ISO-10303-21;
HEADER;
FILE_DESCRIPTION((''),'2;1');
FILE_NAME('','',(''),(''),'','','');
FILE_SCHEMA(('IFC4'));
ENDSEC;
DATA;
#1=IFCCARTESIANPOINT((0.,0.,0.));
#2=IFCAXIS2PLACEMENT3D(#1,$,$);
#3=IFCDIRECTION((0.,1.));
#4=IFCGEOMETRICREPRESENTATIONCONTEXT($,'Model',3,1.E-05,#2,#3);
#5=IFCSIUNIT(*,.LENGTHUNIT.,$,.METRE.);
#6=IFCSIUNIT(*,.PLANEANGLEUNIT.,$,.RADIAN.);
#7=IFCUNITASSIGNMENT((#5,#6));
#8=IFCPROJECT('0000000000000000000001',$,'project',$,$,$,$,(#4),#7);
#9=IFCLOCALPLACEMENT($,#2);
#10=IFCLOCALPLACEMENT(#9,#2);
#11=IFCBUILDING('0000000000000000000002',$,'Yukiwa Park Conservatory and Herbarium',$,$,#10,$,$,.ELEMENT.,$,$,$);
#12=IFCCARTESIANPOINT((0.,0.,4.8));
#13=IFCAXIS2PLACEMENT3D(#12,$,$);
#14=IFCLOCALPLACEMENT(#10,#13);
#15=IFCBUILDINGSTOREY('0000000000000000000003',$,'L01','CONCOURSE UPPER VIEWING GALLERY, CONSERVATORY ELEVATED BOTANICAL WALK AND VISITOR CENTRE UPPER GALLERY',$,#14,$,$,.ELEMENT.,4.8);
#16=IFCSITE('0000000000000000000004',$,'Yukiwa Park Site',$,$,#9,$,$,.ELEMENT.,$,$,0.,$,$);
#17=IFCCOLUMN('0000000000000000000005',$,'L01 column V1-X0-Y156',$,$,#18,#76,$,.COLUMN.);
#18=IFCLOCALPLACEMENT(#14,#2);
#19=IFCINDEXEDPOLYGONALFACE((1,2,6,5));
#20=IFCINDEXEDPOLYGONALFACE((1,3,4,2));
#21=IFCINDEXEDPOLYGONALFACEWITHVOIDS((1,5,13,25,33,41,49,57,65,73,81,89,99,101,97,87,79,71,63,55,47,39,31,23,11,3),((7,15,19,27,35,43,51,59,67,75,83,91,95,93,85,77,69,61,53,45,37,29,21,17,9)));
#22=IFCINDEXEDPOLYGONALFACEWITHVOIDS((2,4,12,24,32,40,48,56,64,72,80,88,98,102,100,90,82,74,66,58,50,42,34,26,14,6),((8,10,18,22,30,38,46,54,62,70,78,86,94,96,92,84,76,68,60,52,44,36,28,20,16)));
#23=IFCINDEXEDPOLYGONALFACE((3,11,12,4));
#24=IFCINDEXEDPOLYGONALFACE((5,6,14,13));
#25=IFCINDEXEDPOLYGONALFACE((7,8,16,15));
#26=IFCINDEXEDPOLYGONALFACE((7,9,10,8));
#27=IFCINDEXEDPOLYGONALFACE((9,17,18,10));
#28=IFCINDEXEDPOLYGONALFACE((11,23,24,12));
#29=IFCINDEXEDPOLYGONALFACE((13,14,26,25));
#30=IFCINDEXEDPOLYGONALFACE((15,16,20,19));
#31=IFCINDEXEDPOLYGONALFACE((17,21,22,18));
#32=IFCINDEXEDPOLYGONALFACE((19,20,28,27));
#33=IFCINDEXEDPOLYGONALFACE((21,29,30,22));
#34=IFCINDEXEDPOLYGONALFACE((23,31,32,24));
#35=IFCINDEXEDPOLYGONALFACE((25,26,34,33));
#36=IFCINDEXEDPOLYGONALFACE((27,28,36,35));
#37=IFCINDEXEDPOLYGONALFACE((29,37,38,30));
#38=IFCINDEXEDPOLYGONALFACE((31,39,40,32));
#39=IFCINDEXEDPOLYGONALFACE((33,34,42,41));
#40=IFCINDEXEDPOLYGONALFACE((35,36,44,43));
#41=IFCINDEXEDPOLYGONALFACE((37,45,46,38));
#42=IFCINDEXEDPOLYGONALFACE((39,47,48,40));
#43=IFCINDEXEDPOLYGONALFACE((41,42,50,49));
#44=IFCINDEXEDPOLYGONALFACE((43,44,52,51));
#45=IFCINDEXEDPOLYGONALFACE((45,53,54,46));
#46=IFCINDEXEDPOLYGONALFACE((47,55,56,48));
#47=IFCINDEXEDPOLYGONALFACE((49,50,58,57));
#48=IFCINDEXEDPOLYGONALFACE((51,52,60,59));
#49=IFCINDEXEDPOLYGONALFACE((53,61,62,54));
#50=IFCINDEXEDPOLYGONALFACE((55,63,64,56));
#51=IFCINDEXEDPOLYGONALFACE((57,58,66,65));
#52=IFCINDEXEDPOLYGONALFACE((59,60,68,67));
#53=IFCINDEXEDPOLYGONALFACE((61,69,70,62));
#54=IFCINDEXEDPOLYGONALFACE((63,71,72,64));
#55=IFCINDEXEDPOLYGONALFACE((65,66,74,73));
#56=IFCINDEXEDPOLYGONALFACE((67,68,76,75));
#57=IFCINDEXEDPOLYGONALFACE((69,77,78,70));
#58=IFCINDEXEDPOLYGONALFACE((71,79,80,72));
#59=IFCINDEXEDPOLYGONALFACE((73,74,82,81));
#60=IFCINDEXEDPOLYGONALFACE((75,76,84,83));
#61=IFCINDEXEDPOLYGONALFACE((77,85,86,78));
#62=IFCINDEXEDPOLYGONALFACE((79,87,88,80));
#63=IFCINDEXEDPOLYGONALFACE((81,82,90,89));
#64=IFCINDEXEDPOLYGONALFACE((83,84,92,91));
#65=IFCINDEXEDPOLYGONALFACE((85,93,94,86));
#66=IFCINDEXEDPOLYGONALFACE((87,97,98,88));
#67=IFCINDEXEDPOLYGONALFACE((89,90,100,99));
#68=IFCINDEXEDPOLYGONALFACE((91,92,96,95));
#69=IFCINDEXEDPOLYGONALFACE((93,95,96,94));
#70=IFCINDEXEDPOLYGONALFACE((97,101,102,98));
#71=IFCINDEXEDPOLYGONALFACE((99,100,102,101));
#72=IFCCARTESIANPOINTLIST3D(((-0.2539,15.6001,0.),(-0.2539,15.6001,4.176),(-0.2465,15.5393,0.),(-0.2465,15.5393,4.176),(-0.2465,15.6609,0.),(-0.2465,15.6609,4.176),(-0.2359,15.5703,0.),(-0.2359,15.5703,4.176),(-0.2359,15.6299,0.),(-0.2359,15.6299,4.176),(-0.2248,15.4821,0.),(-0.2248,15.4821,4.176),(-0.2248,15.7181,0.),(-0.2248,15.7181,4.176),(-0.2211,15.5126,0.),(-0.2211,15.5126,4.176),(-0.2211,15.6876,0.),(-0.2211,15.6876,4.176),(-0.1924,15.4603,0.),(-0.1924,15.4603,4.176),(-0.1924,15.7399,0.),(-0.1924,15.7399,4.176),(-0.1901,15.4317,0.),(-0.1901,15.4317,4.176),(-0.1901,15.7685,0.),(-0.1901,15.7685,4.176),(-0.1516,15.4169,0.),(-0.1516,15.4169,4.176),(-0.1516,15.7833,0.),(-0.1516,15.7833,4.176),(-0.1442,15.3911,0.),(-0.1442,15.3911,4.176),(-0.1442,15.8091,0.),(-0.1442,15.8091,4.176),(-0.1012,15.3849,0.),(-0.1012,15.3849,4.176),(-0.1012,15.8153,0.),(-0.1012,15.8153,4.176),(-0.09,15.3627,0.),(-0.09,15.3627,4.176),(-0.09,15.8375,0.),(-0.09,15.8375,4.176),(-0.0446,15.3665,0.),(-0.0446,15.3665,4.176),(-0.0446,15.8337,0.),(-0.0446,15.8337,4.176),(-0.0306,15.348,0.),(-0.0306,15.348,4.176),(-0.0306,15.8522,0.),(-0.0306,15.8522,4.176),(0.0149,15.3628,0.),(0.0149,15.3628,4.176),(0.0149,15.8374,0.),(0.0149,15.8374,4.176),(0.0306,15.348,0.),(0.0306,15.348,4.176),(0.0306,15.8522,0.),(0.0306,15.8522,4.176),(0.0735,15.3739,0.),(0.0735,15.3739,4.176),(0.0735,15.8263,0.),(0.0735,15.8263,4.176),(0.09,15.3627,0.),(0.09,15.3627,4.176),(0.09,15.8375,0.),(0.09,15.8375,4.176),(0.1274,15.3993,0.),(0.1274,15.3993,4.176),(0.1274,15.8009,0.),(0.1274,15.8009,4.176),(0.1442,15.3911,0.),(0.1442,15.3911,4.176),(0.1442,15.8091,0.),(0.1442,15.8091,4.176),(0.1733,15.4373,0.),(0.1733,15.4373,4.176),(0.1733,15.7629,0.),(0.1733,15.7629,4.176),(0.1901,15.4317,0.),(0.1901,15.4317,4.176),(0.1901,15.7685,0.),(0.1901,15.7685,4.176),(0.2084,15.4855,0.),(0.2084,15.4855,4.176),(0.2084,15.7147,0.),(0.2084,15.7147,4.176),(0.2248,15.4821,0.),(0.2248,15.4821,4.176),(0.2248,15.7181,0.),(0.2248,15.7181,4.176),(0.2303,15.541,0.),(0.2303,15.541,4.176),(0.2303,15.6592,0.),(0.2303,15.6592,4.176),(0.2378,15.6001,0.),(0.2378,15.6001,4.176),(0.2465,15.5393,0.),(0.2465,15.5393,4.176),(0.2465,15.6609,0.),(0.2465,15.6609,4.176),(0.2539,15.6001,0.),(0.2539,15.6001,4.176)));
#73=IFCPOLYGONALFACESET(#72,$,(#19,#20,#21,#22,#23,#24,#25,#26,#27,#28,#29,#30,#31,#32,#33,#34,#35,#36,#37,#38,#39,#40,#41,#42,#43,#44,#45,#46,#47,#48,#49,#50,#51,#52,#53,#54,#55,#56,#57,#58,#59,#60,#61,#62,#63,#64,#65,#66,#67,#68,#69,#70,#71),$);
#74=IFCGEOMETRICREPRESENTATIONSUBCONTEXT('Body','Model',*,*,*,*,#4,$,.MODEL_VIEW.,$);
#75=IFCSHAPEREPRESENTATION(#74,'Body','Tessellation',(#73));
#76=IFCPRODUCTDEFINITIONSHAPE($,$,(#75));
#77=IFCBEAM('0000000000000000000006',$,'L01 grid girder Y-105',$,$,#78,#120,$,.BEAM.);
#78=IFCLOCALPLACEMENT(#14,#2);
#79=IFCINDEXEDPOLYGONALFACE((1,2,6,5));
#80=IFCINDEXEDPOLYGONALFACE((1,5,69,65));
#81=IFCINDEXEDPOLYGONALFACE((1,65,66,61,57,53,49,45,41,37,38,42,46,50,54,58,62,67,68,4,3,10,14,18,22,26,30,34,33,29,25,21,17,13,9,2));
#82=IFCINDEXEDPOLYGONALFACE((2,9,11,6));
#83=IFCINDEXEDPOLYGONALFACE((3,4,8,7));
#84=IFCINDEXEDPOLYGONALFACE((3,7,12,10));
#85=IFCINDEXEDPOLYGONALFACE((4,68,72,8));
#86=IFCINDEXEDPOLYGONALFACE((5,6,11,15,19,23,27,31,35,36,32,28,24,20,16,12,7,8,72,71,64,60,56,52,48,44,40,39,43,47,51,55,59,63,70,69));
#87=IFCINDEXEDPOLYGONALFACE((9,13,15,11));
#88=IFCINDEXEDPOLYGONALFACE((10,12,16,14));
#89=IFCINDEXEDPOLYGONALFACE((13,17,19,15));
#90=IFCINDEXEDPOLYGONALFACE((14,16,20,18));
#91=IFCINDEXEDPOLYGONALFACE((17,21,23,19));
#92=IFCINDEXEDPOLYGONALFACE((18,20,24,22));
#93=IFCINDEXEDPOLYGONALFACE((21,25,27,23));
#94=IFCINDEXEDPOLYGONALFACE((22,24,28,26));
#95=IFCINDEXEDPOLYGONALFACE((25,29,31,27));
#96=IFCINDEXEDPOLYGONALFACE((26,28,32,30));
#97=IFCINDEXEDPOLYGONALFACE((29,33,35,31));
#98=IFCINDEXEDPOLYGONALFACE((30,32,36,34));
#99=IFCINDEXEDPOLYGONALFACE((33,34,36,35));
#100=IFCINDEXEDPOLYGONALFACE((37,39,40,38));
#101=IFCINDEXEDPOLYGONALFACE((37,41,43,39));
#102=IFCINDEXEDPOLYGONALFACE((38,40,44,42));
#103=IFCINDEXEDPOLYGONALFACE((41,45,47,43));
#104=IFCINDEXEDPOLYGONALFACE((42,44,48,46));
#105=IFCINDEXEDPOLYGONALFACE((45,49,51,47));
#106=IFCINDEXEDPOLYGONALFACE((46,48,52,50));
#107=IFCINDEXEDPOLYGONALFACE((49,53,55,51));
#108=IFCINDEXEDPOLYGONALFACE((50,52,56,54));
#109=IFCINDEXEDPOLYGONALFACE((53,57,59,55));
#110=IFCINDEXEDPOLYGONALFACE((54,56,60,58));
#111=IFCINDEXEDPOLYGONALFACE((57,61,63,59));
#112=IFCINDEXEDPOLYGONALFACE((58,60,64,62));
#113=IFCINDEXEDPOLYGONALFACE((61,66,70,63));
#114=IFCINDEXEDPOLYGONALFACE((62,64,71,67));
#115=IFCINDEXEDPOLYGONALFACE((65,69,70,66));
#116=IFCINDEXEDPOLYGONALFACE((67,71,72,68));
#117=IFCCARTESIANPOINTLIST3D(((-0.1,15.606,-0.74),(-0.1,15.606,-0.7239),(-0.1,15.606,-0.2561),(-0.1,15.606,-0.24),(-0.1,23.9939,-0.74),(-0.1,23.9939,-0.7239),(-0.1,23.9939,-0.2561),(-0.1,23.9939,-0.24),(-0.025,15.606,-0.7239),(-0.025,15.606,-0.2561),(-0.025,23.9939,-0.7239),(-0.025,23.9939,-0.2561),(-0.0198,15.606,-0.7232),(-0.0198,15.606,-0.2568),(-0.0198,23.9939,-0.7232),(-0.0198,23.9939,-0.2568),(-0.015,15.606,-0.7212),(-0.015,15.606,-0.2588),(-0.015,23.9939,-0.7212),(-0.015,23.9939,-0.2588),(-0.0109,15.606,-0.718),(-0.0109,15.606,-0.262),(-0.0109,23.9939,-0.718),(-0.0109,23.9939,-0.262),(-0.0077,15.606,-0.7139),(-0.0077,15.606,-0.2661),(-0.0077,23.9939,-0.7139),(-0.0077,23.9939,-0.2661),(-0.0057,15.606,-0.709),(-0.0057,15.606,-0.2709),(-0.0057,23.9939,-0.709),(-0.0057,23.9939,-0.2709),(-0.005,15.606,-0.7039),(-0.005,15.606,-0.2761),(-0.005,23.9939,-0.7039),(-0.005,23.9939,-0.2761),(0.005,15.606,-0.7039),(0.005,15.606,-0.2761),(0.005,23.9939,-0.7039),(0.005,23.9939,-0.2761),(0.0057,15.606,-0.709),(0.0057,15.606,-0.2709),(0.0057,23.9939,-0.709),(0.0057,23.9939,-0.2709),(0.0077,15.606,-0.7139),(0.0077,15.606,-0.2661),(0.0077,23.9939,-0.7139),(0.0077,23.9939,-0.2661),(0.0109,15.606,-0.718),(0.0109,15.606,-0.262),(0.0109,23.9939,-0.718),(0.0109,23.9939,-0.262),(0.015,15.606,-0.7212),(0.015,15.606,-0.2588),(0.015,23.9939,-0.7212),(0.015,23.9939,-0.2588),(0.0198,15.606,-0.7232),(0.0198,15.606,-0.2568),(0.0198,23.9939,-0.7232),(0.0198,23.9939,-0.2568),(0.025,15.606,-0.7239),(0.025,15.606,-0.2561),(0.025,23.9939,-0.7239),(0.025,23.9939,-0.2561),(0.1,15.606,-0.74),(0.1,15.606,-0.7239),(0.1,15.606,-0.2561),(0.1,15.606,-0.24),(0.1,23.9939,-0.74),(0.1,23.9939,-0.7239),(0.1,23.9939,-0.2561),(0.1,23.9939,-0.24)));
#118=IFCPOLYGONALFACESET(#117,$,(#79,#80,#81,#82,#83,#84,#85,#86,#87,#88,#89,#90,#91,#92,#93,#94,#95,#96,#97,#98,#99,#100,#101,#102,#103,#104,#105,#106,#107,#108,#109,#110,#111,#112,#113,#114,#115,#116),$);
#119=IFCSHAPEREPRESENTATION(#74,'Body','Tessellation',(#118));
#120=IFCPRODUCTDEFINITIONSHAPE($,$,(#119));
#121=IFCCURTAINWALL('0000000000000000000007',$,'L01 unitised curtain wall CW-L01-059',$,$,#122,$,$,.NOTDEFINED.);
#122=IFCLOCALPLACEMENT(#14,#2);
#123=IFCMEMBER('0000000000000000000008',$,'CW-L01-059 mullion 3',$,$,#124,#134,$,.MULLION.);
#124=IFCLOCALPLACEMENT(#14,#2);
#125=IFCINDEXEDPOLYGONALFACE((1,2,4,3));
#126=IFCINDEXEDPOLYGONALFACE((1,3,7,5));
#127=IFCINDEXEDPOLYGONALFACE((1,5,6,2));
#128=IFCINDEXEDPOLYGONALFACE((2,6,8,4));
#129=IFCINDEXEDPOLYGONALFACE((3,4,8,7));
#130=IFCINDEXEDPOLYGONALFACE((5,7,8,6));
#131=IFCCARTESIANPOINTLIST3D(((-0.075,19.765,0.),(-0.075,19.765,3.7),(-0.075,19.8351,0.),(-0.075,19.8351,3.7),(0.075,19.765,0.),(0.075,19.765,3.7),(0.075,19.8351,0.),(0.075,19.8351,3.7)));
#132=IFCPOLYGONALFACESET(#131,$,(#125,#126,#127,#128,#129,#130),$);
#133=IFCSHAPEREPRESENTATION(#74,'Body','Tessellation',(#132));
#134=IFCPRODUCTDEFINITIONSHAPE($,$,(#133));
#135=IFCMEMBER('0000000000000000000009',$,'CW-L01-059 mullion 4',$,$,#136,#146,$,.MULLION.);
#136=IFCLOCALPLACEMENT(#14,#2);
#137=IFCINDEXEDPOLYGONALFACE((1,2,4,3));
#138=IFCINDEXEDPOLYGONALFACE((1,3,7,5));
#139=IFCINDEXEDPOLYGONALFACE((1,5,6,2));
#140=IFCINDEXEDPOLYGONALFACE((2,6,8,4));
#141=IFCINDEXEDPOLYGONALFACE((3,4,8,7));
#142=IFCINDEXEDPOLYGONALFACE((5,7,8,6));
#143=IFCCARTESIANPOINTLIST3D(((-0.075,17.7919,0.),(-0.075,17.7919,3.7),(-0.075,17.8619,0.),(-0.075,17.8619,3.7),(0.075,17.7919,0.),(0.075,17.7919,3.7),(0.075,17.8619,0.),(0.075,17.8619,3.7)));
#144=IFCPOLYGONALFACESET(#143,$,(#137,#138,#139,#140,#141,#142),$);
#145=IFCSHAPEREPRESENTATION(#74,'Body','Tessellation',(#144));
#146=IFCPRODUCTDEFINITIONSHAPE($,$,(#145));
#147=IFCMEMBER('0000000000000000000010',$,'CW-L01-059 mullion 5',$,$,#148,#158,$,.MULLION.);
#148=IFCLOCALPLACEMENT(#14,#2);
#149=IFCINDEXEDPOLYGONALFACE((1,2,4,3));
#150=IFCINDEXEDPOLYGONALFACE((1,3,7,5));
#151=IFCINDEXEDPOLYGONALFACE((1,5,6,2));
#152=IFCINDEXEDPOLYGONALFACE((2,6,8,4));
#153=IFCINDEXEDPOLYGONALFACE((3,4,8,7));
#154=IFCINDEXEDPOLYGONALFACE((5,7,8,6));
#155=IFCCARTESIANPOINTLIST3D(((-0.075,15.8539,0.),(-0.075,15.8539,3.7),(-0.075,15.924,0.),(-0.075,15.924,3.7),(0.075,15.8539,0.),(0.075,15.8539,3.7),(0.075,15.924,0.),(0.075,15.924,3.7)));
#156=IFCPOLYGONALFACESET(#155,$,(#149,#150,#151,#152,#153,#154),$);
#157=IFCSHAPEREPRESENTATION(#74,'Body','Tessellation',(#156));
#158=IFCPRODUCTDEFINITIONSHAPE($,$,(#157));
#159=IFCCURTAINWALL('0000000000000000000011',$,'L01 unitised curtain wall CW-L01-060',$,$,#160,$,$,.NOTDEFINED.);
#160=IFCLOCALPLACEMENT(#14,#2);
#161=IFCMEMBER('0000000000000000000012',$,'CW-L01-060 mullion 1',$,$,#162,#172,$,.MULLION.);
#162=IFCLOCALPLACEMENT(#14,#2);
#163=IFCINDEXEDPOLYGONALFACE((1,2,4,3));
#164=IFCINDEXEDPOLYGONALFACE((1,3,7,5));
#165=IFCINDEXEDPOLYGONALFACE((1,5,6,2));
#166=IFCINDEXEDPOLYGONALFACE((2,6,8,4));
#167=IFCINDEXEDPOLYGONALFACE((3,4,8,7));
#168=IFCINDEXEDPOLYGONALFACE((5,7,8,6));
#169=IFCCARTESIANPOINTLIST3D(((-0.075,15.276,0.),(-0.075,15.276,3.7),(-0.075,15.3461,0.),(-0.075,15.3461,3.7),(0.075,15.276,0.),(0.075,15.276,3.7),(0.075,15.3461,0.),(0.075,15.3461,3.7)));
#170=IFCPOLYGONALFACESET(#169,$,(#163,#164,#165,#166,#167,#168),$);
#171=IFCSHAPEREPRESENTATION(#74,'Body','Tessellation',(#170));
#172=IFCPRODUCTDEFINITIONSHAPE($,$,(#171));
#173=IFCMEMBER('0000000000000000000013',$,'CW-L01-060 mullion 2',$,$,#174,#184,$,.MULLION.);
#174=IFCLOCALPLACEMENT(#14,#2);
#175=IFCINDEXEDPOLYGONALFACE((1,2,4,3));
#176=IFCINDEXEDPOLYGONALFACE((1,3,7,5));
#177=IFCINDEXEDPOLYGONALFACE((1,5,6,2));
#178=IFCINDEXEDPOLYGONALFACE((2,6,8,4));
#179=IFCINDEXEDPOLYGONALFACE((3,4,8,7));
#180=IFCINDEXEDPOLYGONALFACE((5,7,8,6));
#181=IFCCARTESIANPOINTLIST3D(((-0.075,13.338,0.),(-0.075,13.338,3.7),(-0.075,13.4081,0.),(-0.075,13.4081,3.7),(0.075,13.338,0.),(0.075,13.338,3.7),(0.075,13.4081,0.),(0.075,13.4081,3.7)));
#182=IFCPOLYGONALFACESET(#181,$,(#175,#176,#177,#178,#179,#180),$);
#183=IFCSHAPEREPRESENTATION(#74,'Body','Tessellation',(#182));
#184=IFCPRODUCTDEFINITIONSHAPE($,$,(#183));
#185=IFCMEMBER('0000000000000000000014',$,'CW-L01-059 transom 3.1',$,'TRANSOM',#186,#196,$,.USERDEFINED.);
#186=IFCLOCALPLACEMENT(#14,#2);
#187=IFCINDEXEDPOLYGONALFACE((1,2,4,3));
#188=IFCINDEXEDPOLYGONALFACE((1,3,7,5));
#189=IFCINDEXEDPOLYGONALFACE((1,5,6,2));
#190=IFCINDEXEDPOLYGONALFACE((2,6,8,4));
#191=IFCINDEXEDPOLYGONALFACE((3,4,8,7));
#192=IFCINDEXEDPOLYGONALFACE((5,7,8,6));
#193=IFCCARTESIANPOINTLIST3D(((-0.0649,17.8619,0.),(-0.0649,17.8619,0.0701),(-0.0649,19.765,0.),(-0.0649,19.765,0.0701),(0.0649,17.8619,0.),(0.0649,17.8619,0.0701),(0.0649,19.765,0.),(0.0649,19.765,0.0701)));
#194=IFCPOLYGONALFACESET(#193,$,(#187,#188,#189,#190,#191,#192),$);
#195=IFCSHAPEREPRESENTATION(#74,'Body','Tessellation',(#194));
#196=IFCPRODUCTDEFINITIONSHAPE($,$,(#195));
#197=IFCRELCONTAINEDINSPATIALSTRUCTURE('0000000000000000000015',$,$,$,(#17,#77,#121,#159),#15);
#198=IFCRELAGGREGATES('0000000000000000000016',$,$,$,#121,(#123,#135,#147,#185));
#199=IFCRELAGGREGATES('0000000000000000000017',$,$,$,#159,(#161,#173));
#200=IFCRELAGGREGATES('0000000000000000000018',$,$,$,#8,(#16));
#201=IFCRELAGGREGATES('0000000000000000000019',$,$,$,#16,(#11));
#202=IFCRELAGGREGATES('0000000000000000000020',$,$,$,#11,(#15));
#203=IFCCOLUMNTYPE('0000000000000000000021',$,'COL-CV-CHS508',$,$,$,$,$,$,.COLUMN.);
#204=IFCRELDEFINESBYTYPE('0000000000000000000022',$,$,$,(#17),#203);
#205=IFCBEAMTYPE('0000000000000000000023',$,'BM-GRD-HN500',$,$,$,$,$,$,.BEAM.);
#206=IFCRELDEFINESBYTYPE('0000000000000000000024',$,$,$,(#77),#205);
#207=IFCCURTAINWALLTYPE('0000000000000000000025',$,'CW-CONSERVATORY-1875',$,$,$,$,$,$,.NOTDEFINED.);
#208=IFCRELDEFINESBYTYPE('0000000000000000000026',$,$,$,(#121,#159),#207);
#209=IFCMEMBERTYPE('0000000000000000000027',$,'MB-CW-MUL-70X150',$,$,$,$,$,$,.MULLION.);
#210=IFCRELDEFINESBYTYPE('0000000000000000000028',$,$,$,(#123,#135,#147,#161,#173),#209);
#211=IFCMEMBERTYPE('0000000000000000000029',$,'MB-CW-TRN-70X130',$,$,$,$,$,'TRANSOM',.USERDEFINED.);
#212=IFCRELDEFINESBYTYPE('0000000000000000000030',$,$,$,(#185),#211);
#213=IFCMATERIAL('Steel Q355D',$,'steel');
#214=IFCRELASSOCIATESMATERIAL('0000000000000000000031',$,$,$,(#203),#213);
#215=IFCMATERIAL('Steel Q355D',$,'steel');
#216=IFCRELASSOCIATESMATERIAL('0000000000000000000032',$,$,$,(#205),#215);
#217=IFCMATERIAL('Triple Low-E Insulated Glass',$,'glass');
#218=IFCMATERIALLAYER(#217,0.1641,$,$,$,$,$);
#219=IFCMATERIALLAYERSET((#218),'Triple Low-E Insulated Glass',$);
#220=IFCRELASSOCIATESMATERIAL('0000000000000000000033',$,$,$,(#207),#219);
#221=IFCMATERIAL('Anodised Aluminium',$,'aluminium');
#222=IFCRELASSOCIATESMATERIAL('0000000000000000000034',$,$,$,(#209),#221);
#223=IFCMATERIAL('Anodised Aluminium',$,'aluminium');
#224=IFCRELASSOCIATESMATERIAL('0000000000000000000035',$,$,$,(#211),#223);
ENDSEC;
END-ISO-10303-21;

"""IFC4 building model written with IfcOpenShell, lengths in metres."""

from ifc_helpers import new_model, si_unit, direction, frame, origin, origin_2d, place, context, subcontext, project, spatial, rectangle, hollow_circle, i_section, extrude, material, layer, layer_set, material_profile, profile_set, type_object, element, aggregate, save


model = new_model("IFC4")

# Units and contexts
model_context = context("Model", 3, precision=1e-05, world=origin(), true_north=direction((0.0, 1.0)))
body_context = subcontext(model_context, "Body", "Model", "MODEL_VIEW")
ifc_project = project(units=[si_unit("LENGTHUNIT", "METRE"), si_unit("PLANEANGLEUNIT", "RADIAN")], contexts=[model_context])

# Site, building, storey
site_placement = place(None, origin())
site = spatial("IfcSite", under=ifc_project, at=site_placement, Name="Yukiwa Park Site", CompositionType="ELEMENT", RefElevation=0.0)
building_placement = place(site_placement, origin())
building = spatial("IfcBuilding", under=site, at=building_placement, Name="Yukiwa Park Conservatory and Herbarium", CompositionType="ELEMENT")
storey_placement = place(building_placement, frame((0.0, 0.0, 4.8)))
storey = spatial("IfcBuildingStorey", under=building, at=storey_placement, Name="L01", Description="CONCOURSE UPPER VIEWING GALLERY, CONSERVATORY ELEVATED BOTANICAL WALK AND VISITOR CENTRE UPPER GALLERY", CompositionType="ELEMENT", Elevation=4.8)

# Column
ifc_material_1 = material(Name="Steel Q355D", Category="steel")
ifc_material_profile_1 = material_profile(ifc_material_1, hollow_circle(Radius=0.2539, WallThickness=0.0161, at=origin_2d()), Name="CHS 508x16")
ifc_profile_set_1 = profile_set([ifc_material_profile_1], Name="Steel Q355D")
column_type = type_object("IfcColumnType", Name="COL-CV-CHS508", PredefinedType="COLUMN", material=ifc_profile_set_1)
column_placement = place(storey_placement, frame((0.0, 15.6001, 0.0), z_axis=(0.0, 0.0, 1.0), x_axis=(1.0, 0.0, 0.0)))
element("IfcColumn", 1, at=column_placement, inside=storey, type_object=column_type, Name="L01 column V1-X0-Y156", PredefinedType="COLUMN", context=body_context, shape_type="SweptSolid", body=[
    extrude(hollow_circle(Radius=0.2539, WallThickness=0.0161, at=origin_2d()), origin(), (0.0, 0.0, 1.0), 4.176),
])

# Beam
ifc_material_2 = material(Name="Steel Q355D", Category="steel")
ifc_material_profile_2 = material_profile(ifc_material_2, i_section(OverallWidth=0.2, OverallDepth=0.5, WebThickness=0.01, FlangeThickness=0.0161, FilletRadius=0.02, at=origin_2d()), Name="HN 500x200x10x16")
ifc_profile_set_2 = profile_set([ifc_material_profile_2], Name="Steel Q355D")
beam_type = type_object("IfcBeamType", Name="BM-GRD-HN500", PredefinedType="BEAM", material=ifc_profile_set_2)
beam_placement = place(storey_placement, frame((0.0, 15.606, -0.49), z_axis=(0.0, 1.0, 0.0), x_axis=(-1.0, 0.0, 0.0)))
element("IfcBeam", 2, at=beam_placement, inside=storey, type_object=beam_type, Name="L01 grid girder Y-105", PredefinedType="BEAM", context=body_context, shape_type="SweptSolid", body=[
    extrude(i_section(OverallWidth=0.2, OverallDepth=0.5, WebThickness=0.01, FlangeThickness=0.0161, FilletRadius=0.02, at=origin_2d()), origin(), (0.0, 0.0, 1.0), 8.3879),
])

# Curtain walls, members
ifc_material_3 = material(Name="Triple Low-E Insulated Glass", Category="glass")
ifc_layer_1 = layer(ifc_material_3, 0.1641)
ifc_layer_set_1 = layer_set([ifc_layer_1], Name="Triple Low-E Insulated Glass")
curtain_wall_type = type_object("IfcCurtainWallType", Name="CW-CONSERVATORY-1875", PredefinedType="NOTDEFINED", material=ifc_layer_set_1)
curtain_wall_1_placement = place(storey_placement, origin())
curtain_wall_1 = element("IfcCurtainWall", 3, at=curtain_wall_1_placement, inside=storey, type_object=curtain_wall_type, Name="L01 unitised curtain wall CW-L01-059", PredefinedType="NOTDEFINED")
ifc_material_4 = material(Name="Anodised Aluminium", Category="aluminium")
member_type_1 = type_object("IfcMemberType", Name="MB-CW-MUL-70X150", PredefinedType="MULLION", material=ifc_material_4)
member_1_placement = place(storey_placement, frame((0.0, 19.8, 0.0), z_axis=(0.0, 0.0, 1.0), x_axis=(0.0, -1.0, 0.0)))
member_1 = element("IfcMember", 4, at=member_1_placement, type_object=member_type_1, Name="CW-L01-059 mullion 3", PredefinedType="MULLION", context=body_context, shape_type="SweptSolid", body=[
    extrude(rectangle(XDim=0.0701, YDim=0.1499, at=origin_2d()), origin(), (0.0, 0.0, 1.0), 3.7),
])
member_2_placement = place(storey_placement, frame((0.0, 17.8269, 0.0), z_axis=(0.0, 0.0, 1.0), x_axis=(0.0, -1.0, 0.0)))
member_2 = element("IfcMember", 5, at=member_2_placement, type_object=member_type_1, Name="CW-L01-059 mullion 4", PredefinedType="MULLION", context=body_context, shape_type="SweptSolid", body=[
    extrude(rectangle(XDim=0.0701, YDim=0.1499, at=origin_2d()), origin(), (0.0, 0.0, 1.0), 3.7),
])
member_3_placement = place(storey_placement, frame((0.0, 15.8889, 0.0), z_axis=(0.0, 0.0, 1.0), x_axis=(0.0, -1.0, 0.0)))
member_3 = element("IfcMember", 6, at=member_3_placement, type_object=member_type_1, Name="CW-L01-059 mullion 5", PredefinedType="MULLION", context=body_context, shape_type="SweptSolid", body=[
    extrude(rectangle(XDim=0.0701, YDim=0.1499, at=origin_2d()), origin(), (0.0, 0.0, 1.0), 3.7),
])
curtain_wall_2_placement = place(storey_placement, origin())
curtain_wall_2 = element("IfcCurtainWall", 7, at=curtain_wall_2_placement, inside=storey, type_object=curtain_wall_type, Name="L01 unitised curtain wall CW-L01-060", PredefinedType="NOTDEFINED")
member_4_placement = place(storey_placement, frame((0.0, 15.311, 0.0), z_axis=(0.0, 0.0, 1.0), x_axis=(0.0, -1.0, 0.0)))
member_4 = element("IfcMember", 8, at=member_4_placement, type_object=member_type_1, Name="CW-L01-060 mullion 1", PredefinedType="MULLION", context=body_context, shape_type="SweptSolid", body=[
    extrude(rectangle(XDim=0.0701, YDim=0.1499, at=origin_2d()), origin(), (0.0, 0.0, 1.0), 3.7),
])
member_5_placement = place(storey_placement, frame((0.0, 13.373, 0.0), z_axis=(0.0, 0.0, 1.0), x_axis=(0.0, -1.0, 0.0)))
member_5 = element("IfcMember", 9, at=member_5_placement, type_object=member_type_1, Name="CW-L01-060 mullion 2", PredefinedType="MULLION", context=body_context, shape_type="SweptSolid", body=[
    extrude(rectangle(XDim=0.0701, YDim=0.1499, at=origin_2d()), origin(), (0.0, 0.0, 1.0), 3.7),
])

# Member
ifc_material_5 = material(Name="Anodised Aluminium", Category="aluminium")
member_type_2 = type_object("IfcMemberType", Name="MB-CW-TRN-70X130", ElementType="TRANSOM", PredefinedType="USERDEFINED", material=ifc_material_5)
member_6_placement = place(storey_placement, frame((0.0, 18.8135, 0.0), z_axis=(0.0, 0.0, 1.0), x_axis=(0.0, -1.0, 0.0)))
member_6 = element("IfcMember", 10, at=member_6_placement, type_object=member_type_2, Name="CW-L01-059 transom 3.1", ObjectType="TRANSOM", PredefinedType="USERDEFINED", context=body_context, shape_type="SweptSolid", body=[
    extrude(rectangle(XDim=1.9031, YDim=0.1299, at=origin_2d()), origin(), (0.0, 0.0, 1.0), 0.0701),
])

aggregate(curtain_wall_1, [member_1, member_2, member_3, member_6])
aggregate(curtain_wall_2, [member_4, member_5])

save(model, "model.ifc")
